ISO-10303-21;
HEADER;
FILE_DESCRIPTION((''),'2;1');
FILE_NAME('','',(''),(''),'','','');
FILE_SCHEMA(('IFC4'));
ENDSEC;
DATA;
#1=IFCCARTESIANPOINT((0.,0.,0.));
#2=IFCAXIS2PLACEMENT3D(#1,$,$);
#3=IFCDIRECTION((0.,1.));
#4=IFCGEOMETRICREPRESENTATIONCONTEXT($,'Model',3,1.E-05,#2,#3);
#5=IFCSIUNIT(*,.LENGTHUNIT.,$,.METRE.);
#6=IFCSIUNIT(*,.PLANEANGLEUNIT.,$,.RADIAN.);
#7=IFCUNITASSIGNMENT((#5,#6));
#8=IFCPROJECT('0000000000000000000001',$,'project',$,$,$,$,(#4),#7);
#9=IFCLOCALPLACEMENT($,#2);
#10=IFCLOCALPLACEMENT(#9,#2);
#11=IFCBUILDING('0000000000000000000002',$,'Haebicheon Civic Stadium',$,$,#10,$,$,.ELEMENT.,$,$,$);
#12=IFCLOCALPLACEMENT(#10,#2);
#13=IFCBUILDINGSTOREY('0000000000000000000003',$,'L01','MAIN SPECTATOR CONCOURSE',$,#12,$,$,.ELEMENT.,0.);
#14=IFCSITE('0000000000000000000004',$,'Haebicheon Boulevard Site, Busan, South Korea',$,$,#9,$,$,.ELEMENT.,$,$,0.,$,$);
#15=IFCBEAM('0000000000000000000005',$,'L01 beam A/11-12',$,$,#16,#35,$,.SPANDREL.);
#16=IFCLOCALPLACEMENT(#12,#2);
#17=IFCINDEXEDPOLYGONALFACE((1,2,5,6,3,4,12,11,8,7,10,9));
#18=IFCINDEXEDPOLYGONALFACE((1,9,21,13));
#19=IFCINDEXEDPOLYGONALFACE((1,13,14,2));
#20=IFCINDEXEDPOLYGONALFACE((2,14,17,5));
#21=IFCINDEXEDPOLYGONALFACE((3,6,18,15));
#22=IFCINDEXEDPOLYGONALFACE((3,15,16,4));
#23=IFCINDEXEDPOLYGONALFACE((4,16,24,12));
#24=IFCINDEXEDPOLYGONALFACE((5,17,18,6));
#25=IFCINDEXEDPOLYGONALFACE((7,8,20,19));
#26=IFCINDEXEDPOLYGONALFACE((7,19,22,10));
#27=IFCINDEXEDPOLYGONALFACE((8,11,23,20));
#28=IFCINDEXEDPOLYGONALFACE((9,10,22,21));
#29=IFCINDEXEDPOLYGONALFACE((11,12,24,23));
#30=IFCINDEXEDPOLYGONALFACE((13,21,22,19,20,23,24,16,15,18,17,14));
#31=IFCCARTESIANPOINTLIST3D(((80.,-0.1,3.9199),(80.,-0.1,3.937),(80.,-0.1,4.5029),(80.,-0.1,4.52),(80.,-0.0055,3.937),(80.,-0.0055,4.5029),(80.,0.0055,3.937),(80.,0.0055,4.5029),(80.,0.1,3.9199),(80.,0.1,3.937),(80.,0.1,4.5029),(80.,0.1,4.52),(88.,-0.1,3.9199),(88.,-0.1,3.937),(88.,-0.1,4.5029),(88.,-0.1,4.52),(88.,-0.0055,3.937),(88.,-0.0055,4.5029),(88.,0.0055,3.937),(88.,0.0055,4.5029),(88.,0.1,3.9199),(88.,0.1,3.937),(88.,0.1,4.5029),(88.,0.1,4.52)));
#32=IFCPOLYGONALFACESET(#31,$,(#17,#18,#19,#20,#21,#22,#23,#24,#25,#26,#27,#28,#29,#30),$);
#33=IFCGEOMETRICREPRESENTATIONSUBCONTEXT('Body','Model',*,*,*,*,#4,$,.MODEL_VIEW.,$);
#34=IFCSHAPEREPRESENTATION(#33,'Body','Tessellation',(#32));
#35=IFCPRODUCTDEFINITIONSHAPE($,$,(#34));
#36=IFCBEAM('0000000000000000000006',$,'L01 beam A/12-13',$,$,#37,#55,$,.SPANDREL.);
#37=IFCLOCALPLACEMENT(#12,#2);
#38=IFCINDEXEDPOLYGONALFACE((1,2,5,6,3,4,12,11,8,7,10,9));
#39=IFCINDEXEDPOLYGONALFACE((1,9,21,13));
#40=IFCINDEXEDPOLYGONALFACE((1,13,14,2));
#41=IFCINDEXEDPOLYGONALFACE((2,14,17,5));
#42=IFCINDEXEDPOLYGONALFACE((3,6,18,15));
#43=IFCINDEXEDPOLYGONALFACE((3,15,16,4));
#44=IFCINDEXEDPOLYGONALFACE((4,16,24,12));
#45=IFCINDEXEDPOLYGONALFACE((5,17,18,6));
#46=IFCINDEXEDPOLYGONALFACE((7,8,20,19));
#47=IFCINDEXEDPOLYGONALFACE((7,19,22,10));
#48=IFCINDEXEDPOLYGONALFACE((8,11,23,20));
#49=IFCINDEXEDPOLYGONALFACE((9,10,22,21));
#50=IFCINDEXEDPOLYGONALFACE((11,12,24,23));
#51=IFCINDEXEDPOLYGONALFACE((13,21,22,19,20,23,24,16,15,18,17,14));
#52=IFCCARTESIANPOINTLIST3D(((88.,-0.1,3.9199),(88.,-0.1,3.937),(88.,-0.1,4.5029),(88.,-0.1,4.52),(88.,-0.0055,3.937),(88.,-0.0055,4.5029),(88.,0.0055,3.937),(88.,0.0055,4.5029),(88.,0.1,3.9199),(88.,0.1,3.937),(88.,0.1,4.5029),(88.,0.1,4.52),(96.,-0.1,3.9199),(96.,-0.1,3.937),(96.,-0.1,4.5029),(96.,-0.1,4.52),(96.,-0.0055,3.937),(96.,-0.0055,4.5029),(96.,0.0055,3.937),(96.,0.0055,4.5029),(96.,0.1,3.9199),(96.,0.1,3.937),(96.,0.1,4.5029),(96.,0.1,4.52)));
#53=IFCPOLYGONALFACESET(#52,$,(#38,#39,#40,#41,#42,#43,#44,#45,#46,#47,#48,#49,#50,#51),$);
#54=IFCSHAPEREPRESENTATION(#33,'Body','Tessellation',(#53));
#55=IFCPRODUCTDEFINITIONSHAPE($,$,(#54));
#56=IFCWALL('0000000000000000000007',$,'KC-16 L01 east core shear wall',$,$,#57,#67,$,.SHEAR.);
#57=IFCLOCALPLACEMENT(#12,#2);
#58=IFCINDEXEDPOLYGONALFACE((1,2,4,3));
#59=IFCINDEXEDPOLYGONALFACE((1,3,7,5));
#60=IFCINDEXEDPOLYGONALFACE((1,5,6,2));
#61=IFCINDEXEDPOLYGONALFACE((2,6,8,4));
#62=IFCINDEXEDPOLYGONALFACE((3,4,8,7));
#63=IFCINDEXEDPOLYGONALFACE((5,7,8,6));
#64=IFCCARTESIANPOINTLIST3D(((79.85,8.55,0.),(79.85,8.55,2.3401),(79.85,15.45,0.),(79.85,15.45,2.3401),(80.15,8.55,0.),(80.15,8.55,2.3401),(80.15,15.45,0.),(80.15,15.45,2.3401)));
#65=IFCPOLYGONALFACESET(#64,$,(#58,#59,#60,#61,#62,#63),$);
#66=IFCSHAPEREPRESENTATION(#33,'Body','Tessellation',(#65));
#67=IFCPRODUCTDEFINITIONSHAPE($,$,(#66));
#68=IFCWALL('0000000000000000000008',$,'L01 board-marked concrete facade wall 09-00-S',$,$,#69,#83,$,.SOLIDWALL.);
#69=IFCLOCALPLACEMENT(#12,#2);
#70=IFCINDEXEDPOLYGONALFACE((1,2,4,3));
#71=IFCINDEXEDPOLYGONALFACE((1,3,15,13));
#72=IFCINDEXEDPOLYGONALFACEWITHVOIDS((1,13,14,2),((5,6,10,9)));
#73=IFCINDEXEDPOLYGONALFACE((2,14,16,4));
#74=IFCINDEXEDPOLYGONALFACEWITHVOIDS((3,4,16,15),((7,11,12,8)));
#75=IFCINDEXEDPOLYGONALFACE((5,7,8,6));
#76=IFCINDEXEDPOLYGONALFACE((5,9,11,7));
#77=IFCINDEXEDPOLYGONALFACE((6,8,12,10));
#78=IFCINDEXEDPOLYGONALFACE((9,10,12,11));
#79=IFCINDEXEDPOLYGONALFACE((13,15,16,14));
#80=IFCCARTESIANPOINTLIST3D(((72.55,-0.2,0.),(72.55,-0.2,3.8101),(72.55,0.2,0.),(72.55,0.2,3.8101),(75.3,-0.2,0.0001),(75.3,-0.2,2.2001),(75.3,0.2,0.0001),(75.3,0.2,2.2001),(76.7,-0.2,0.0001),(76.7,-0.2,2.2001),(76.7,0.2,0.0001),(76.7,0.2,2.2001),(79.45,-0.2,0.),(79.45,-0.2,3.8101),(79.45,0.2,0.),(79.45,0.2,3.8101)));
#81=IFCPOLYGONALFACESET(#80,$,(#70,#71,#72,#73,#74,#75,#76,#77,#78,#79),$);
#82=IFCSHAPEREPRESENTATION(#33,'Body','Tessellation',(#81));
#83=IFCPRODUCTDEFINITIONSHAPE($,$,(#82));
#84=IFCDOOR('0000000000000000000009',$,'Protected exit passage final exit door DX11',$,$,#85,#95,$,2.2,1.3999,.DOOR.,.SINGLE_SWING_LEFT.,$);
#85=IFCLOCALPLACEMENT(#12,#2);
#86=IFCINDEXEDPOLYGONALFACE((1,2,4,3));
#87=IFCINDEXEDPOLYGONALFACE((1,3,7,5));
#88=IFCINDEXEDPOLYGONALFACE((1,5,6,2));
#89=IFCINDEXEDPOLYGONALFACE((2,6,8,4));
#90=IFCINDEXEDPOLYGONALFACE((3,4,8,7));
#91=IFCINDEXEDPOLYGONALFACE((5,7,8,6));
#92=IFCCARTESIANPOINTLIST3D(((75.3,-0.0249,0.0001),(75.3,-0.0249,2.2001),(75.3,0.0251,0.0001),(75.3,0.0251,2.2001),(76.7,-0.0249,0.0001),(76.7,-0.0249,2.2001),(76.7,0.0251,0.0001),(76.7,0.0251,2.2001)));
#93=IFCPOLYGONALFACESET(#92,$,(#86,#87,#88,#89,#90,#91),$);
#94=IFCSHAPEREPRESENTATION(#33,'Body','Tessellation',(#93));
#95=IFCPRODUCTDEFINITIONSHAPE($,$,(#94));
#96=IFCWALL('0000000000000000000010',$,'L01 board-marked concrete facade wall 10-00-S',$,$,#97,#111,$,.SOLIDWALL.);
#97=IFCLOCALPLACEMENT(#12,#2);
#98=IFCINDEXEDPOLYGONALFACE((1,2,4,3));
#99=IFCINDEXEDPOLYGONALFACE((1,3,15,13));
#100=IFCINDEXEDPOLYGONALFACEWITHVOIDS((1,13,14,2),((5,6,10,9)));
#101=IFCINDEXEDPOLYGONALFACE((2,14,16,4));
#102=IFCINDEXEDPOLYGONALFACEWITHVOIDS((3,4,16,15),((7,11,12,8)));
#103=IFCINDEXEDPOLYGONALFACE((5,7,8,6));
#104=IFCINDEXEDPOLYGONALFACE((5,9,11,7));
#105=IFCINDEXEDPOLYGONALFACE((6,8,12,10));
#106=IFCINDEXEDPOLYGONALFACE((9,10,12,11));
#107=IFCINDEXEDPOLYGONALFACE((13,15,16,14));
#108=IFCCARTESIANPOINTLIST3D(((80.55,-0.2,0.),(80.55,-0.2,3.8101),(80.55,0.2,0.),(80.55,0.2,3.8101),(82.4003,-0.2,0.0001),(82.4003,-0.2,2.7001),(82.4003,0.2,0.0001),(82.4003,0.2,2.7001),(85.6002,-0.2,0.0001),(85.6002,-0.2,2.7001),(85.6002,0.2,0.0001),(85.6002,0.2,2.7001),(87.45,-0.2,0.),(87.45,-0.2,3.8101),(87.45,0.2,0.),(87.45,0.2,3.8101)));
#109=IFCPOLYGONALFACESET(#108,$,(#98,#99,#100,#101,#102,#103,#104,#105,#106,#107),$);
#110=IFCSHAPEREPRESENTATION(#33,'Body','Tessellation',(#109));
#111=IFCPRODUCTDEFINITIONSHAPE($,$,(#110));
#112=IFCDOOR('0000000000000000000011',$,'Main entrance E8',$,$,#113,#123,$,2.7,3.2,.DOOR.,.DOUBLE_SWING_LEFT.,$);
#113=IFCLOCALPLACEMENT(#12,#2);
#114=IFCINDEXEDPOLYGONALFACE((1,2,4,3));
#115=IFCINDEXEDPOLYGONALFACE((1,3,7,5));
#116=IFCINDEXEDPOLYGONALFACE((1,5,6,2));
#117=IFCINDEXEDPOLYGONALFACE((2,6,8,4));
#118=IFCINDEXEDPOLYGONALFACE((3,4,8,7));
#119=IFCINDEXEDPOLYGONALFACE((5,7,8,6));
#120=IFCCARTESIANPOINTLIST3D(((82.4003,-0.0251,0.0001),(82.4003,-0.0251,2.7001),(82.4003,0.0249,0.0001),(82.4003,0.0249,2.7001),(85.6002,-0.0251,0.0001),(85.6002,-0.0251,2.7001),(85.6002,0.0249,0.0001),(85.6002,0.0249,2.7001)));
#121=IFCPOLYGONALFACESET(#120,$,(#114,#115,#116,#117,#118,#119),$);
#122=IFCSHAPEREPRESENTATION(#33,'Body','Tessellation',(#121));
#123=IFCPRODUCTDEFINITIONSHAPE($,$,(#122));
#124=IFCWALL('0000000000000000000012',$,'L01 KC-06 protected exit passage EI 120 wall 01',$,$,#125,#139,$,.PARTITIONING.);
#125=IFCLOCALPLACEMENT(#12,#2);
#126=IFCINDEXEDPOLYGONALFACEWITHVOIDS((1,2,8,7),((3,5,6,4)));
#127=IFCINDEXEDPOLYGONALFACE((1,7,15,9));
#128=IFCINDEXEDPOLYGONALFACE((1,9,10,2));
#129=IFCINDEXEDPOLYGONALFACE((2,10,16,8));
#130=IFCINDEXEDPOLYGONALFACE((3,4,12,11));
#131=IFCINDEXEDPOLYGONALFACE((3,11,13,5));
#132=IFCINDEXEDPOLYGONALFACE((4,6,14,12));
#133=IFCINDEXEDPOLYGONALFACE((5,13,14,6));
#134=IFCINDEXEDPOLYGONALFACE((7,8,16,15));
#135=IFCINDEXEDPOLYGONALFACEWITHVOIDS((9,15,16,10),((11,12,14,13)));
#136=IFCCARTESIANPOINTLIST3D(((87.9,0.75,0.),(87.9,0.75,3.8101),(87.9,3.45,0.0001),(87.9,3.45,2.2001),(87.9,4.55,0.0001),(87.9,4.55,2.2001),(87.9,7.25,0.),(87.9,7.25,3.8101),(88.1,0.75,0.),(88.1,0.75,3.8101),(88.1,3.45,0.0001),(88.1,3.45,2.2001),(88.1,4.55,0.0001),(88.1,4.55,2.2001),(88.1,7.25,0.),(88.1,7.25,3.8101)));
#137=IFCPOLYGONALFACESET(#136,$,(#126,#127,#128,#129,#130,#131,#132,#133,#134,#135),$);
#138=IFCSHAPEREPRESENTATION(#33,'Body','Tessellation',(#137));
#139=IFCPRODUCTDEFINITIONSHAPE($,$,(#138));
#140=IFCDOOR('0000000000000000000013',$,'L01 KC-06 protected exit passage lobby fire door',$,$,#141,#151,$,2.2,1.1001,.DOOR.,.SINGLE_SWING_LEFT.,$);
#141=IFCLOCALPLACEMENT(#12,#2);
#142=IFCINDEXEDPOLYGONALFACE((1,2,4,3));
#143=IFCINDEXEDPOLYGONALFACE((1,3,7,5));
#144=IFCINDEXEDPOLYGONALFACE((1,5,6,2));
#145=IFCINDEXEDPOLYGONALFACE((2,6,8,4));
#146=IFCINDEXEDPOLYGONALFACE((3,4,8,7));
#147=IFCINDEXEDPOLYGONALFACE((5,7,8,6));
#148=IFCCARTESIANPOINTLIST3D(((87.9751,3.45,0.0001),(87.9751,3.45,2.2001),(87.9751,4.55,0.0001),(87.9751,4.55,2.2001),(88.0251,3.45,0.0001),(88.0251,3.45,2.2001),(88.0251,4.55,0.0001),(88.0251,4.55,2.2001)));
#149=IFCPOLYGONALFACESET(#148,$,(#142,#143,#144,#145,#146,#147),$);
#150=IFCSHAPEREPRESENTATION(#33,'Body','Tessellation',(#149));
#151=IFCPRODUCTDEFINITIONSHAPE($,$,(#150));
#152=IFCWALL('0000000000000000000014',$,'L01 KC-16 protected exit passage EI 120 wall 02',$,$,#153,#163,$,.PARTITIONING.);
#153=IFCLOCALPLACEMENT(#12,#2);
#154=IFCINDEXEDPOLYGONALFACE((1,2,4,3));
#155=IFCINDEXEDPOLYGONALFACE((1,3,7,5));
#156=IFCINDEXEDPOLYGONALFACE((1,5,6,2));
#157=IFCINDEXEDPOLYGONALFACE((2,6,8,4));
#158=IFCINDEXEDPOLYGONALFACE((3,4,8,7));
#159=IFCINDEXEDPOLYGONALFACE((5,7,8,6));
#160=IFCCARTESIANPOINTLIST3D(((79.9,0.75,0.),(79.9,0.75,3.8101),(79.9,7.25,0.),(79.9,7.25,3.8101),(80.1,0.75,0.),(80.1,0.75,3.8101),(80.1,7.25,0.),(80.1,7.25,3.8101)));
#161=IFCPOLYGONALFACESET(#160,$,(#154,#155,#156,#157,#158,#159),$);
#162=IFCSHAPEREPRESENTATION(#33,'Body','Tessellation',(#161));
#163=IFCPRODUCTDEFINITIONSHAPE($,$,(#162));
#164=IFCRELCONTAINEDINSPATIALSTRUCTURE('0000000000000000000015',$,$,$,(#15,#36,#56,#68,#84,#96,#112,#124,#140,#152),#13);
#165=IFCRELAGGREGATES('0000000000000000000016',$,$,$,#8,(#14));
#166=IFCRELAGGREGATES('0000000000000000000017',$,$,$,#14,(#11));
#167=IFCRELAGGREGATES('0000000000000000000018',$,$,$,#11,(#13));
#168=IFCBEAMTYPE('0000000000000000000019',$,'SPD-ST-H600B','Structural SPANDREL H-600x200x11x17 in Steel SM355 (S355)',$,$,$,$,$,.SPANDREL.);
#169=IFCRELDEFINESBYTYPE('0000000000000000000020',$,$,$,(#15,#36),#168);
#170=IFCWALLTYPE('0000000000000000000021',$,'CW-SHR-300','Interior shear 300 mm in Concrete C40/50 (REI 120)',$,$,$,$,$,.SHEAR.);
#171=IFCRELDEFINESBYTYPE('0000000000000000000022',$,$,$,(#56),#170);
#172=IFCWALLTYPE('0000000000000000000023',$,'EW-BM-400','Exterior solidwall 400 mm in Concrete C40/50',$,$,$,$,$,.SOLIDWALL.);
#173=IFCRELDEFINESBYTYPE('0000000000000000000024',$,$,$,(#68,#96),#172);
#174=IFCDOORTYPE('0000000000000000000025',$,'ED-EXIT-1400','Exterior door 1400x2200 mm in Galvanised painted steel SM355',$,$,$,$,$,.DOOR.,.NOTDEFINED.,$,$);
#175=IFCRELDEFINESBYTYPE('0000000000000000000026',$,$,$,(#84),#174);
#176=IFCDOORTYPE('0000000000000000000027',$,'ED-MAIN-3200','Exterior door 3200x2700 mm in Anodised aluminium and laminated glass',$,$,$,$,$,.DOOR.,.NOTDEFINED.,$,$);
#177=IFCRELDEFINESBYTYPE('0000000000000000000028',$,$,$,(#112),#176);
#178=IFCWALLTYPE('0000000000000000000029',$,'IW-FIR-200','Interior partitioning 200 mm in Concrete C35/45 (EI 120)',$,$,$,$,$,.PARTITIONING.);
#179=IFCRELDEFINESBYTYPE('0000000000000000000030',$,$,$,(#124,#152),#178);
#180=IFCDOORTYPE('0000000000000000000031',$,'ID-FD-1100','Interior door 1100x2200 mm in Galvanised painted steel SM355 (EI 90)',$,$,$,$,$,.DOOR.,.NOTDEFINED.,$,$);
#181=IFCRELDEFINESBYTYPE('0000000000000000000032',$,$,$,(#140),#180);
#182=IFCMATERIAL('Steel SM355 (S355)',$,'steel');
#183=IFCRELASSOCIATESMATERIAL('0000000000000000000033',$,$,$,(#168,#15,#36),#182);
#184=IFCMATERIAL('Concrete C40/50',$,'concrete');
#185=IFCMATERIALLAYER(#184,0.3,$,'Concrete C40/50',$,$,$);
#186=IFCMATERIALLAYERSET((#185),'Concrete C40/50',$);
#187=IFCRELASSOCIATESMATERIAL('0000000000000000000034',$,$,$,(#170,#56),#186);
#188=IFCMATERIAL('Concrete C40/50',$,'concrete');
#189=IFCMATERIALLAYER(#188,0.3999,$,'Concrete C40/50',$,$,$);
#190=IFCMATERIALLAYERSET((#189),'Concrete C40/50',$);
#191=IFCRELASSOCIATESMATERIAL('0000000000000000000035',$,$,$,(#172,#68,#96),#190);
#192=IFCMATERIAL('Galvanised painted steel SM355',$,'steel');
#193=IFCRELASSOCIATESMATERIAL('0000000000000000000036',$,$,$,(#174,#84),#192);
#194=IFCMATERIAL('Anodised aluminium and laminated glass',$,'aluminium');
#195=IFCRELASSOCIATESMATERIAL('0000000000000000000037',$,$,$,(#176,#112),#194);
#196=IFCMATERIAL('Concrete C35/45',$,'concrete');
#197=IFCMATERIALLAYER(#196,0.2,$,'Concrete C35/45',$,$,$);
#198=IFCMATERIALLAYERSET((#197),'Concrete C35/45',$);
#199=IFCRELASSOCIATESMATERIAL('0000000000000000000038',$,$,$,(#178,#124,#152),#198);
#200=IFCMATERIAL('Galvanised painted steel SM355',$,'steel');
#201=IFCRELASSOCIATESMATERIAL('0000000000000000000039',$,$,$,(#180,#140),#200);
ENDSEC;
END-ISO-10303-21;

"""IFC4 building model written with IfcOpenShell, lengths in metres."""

from ifc_helpers import new_model, si_unit, direction, frame, frame_2d, origin, origin_2d, place, context, subcontext, project, spatial, rectangle, i_section, extrude, material, layer, layer_set, material_profile, profile_set, type_object, element, fill, save


model = new_model("IFC4")

# Units and contexts
model_context = context("Model", 3, precision=1e-05, world=origin(), true_north=direction((0.0, 1.0)))
body_context = subcontext(model_context, "Body", "Model", "MODEL_VIEW")
ifc_project = project(units=[si_unit("LENGTHUNIT", "METRE"), si_unit("PLANEANGLEUNIT", "RADIAN")], contexts=[model_context])

# Site, building, storey
site_placement = place(None, origin())
site = spatial("IfcSite", under=ifc_project, at=site_placement, Name="Haebicheon Boulevard Site, Busan, South Korea", CompositionType="ELEMENT", RefElevation=0.0)
building_placement = place(site_placement, origin())
building = spatial("IfcBuilding", under=site, at=building_placement, Name="Haebicheon Civic Stadium", CompositionType="ELEMENT")
storey_placement = place(building_placement, origin())
storey = spatial("IfcBuildingStorey", under=building, at=storey_placement, Name="L01", Description="MAIN SPECTATOR CONCOURSE", CompositionType="ELEMENT", Elevation=0.0)

# Beams
ifc_material_1 = material(Name="Steel SM355 (S355)", Category="steel")
ifc_material_profile_1 = material_profile(ifc_material_1, i_section(OverallWidth=0.2, OverallDepth=0.6001, WebThickness=0.011, FlangeThickness=0.0171, at=origin_2d()), Name="H-600x200x11x17")
ifc_profile_set_1 = profile_set([ifc_material_profile_1], Name="Steel SM355 (S355)")
beam_type_1 = type_object("IfcBeamType", Name="SPD-ST-H600B", Description="Structural SPANDREL H-600x200x11x17 in Steel SM355 (S355)", PredefinedType="SPANDREL", material=ifc_profile_set_1)
for number, where, z_axis, x_axis, name in (
    (1, (80.0, 0.0, 4.22), (1.0, 0.0, 0.0), (0.0, 1.0, 0.0), "L01 beam A/11-12"),
    (2, (88.0, 0.0, 4.22), (1.0, 0.0, 0.0), (0.0, 1.0, 0.0), "L01 beam A/12-13"),
):
    element("IfcBeam", number, at=place(storey_placement, frame(where, z_axis=z_axis, x_axis=x_axis)), inside=storey, type_object=beam_type_1, material=ifc_profile_set_1, Name=name, PredefinedType="SPANDREL", context=body_context, shape_type="SweptSolid", body=[
        extrude(i_section(OverallWidth=0.2, OverallDepth=0.6001, WebThickness=0.011, FlangeThickness=0.0171, at=origin_2d()), origin(), (0.0, 0.0, 1.0), 8.0),
    ])

# Wall
ifc_material_2 = material(Name="Concrete C40/50", Category="concrete")
ifc_layer_1 = layer(ifc_material_2, 0.3, Name="Concrete C40/50")
ifc_layer_set_1 = layer_set([ifc_layer_1], Name="Concrete C40/50")
wall_type_1 = type_object("IfcWallType", Name="CW-SHR-300", Description="Interior shear 300 mm in Concrete C40/50 (REI 120)", PredefinedType="SHEAR", material=ifc_layer_set_1)
wall_1_placement = place(storey_placement, frame((80.0, 8.55, 0.0), z_axis=(0.0, 0.0, 1.0), x_axis=(0.0, 1.0, 0.0)))
element("IfcWall", 3, at=wall_1_placement, inside=storey, type_object=wall_type_1, material=ifc_layer_set_1, Name="KC-16 L01 east core shear wall", PredefinedType="SHEAR", context=body_context, shape_type="SweptSolid", body=[
    extrude(rectangle(XDim=6.8999, YDim=0.3, at=frame_2d((3.45, 0.0))), origin(), (0.0, 0.0, 1.0), 2.3401),
])

# Walls, openings, doors
ifc_material_3 = material(Name="Concrete C40/50", Category="concrete")
ifc_layer_2 = layer(ifc_material_3, 0.3999, Name="Concrete C40/50")
ifc_layer_set_2 = layer_set([ifc_layer_2], Name="Concrete C40/50")
wall_type_2 = type_object("IfcWallType", Name="EW-BM-400", Description="Exterior solidwall 400 mm in Concrete C40/50", PredefinedType="SOLIDWALL", material=ifc_layer_set_2)
wall_2_placement = place(storey_placement, frame((79.45, 0.0, 0.0), z_axis=(0.0, 0.0, 1.0), x_axis=(-1.0, 0.0, 0.0)))
wall_2 = element("IfcWall", 4, at=wall_2_placement, inside=storey, type_object=wall_type_2, material=ifc_layer_set_2, Name="L01 board-marked concrete facade wall 09-00-S", PredefinedType="SOLIDWALL", context=body_context, shape_type="SweptSolid", body=[
    extrude(rectangle(XDim=6.8999, YDim=0.3999, at=frame_2d((3.45, 0.0))), origin(), (0.0, 0.0, 1.0), 3.8101),
])
opening_1_placement = place(wall_2_placement, frame((2.75, 0.0, 0.0)))
opening_1 = element("IfcOpeningElement", 5, at=opening_1_placement, cuts=wall_2, PredefinedType="OPENING", context=body_context, shape_type="SweptSolid", body=[
    extrude(rectangle(XDim=1.3999, YDim=2.2, at=frame_2d((0.7, 1.1001))), frame((0.0, 0.21, 0.0), z_axis=(0.0, -1.0, 0.0), x_axis=(1.0, 0.0, 0.0)), (0.0, 0.0, 1.0), 0.4199),
])
ifc_material_4 = material(Name="Galvanised painted steel SM355", Category="steel")
door_type_1 = type_object("IfcDoorType", Name="ED-EXIT-1400", Description="Exterior door 1400x2200 mm in Galvanised painted steel SM355", OperationType="NOTDEFINED", PredefinedType="DOOR", material=ifc_material_4)
door_1_placement = place(opening_1_placement, origin())
door_1 = element("IfcDoor", 6, at=door_1_placement, inside=storey, type_object=door_type_1, material=ifc_material_4, Name="Protected exit passage final exit door DX11", OperationType="SINGLE_SWING_LEFT", OverallHeight=2.2, OverallWidth=1.3999, PredefinedType="DOOR", context=body_context, shape_type="SweptSolid", body=[
    extrude(rectangle(XDim=1.3999, YDim=2.2, at=frame_2d((0.7, 1.1001))), frame((0.0, 0.0249, 0.0), z_axis=(0.0, -1.0, 0.0), x_axis=(1.0, 0.0, 0.0)), (0.0, 0.0, 1.0), 0.05),
])
fill(opening_1, door_1)
wall_3_placement = place(storey_placement, frame((80.55, 0.0, 0.0), z_axis=(0.0, 0.0, 1.0), x_axis=(1.0, 0.0, 0.0)))
wall_3 = element("IfcWall", 7, at=wall_3_placement, inside=storey, type_object=wall_type_2, material=ifc_layer_set_2, Name="L01 board-marked concrete facade wall 10-00-S", PredefinedType="SOLIDWALL", context=body_context, shape_type="SweptSolid", body=[
    extrude(rectangle(XDim=6.8999, YDim=0.3999, at=frame_2d((3.45, 0.0))), origin(), (0.0, 0.0, 1.0), 3.8101),
])
opening_2_placement = place(wall_3_placement, frame((1.8501, 0.0, 0.0)))
opening_2 = element("IfcOpeningElement", 8, at=opening_2_placement, cuts=wall_3, PredefinedType="OPENING", context=body_context, shape_type="SweptSolid", body=[
    extrude(rectangle(XDim=3.2, YDim=2.7, at=frame_2d((1.6001, 1.3501))), frame((0.0, 0.21, 0.0), z_axis=(0.0, -1.0, 0.0), x_axis=(1.0, 0.0, 0.0)), (0.0, 0.0, 1.0), 0.4199),
])
ifc_material_5 = material(Name="Anodised aluminium and laminated glass", Category="aluminium")
door_type_2 = type_object("IfcDoorType", Name="ED-MAIN-3200", Description="Exterior door 3200x2700 mm in Anodised aluminium and laminated glass", OperationType="NOTDEFINED", PredefinedType="DOOR", material=ifc_material_5)
door_2_placement = place(opening_2_placement, origin())
door_2 = element("IfcDoor", 9, at=door_2_placement, inside=storey, type_object=door_type_2, material=ifc_material_5, Name="Main entrance E8", OperationType="DOUBLE_SWING_LEFT", OverallHeight=2.7, OverallWidth=3.2, PredefinedType="DOOR", context=body_context, shape_type="SweptSolid", body=[
    extrude(rectangle(XDim=3.2, YDim=2.7, at=frame_2d((1.6001, 1.3501))), frame((0.0, 0.0249, 0.0), z_axis=(0.0, -1.0, 0.0), x_axis=(1.0, 0.0, 0.0)), (0.0, 0.0, 1.0), 0.05),
])
fill(opening_2, door_2)
ifc_material_6 = material(Name="Concrete C35/45", Category="concrete")
ifc_layer_3 = layer(ifc_material_6, 0.2, Name="Concrete C35/45")
ifc_layer_set_3 = layer_set([ifc_layer_3], Name="Concrete C35/45")
wall_type_3 = type_object("IfcWallType", Name="IW-FIR-200", Description="Interior partitioning 200 mm in Concrete C35/45 (EI 120)", PredefinedType="PARTITIONING", material=ifc_layer_set_3)
wall_4_placement = place(storey_placement, frame((88.0, 0.75, 0.0), z_axis=(0.0, 0.0, 1.0), x_axis=(0.0, 1.0, 0.0)))
wall_4 = element("IfcWall", 10, at=wall_4_placement, inside=storey, type_object=wall_type_3, material=ifc_layer_set_3, Name="L01 KC-06 protected exit passage EI 120 wall 01", PredefinedType="PARTITIONING", context=body_context, shape_type="SweptSolid", body=[
    extrude(rectangle(XDim=6.5, YDim=0.2, at=frame_2d((3.25, 0.0))), origin(), (0.0, 0.0, 1.0), 3.8101),
])
opening_3_placement = place(wall_4_placement, frame((2.7, 0.0, 0.0)))
opening_3 = element("IfcOpeningElement", 11, at=opening_3_placement, cuts=wall_4, PredefinedType="OPENING", context=body_context, shape_type="SweptSolid", body=[
    extrude(rectangle(XDim=1.1001, YDim=2.2, at=frame_2d((0.55, 1.1001))), frame((0.0, 0.1099, 0.0), z_axis=(0.0, -1.0, 0.0), x_axis=(1.0, 0.0, 0.0)), (0.0, 0.0, 1.0), 0.22),
])
ifc_material_7 = material(Name="Galvanised painted steel SM355", Category="steel")
door_type_3 = type_object("IfcDoorType", Name="ID-FD-1100", Description="Interior door 1100x2200 mm in Galvanised painted steel SM355 (EI 90)", OperationType="NOTDEFINED", PredefinedType="DOOR", material=ifc_material_7)
door_3_placement = place(opening_3_placement, origin())
door_3 = element("IfcDoor", 12, at=door_3_placement, inside=storey, type_object=door_type_3, material=ifc_material_7, Name="L01 KC-06 protected exit passage lobby fire door", OperationType="SINGLE_SWING_LEFT", OverallHeight=2.2, OverallWidth=1.1001, PredefinedType="DOOR", context=body_context, shape_type="SweptSolid", body=[
    extrude(rectangle(XDim=1.1001, YDim=2.2, at=frame_2d((0.55, 1.1001))), frame((0.0, 0.0249, 0.0), z_axis=(0.0, -1.0, 0.0), x_axis=(1.0, 0.0, 0.0)), (0.0, 0.0, 1.0), 0.05),
])
fill(opening_3, door_3)

# Wall
wall_5_placement = place(storey_placement, frame((80.0, 0.75, 0.0), z_axis=(0.0, 0.0, 1.0), x_axis=(0.0, 1.0, 0.0)))
element("IfcWall", 13, at=wall_5_placement, inside=storey, type_object=wall_type_3, material=ifc_layer_set_3, Name="L01 KC-16 protected exit passage EI 120 wall 02", PredefinedType="PARTITIONING", context=body_context, shape_type="SweptSolid", body=[
    extrude(rectangle(XDim=6.5, YDim=0.2, at=frame_2d((3.25, 0.0))), origin(), (0.0, 0.0, 1.0), 3.8101),
])

save(model, "model.ifc")
